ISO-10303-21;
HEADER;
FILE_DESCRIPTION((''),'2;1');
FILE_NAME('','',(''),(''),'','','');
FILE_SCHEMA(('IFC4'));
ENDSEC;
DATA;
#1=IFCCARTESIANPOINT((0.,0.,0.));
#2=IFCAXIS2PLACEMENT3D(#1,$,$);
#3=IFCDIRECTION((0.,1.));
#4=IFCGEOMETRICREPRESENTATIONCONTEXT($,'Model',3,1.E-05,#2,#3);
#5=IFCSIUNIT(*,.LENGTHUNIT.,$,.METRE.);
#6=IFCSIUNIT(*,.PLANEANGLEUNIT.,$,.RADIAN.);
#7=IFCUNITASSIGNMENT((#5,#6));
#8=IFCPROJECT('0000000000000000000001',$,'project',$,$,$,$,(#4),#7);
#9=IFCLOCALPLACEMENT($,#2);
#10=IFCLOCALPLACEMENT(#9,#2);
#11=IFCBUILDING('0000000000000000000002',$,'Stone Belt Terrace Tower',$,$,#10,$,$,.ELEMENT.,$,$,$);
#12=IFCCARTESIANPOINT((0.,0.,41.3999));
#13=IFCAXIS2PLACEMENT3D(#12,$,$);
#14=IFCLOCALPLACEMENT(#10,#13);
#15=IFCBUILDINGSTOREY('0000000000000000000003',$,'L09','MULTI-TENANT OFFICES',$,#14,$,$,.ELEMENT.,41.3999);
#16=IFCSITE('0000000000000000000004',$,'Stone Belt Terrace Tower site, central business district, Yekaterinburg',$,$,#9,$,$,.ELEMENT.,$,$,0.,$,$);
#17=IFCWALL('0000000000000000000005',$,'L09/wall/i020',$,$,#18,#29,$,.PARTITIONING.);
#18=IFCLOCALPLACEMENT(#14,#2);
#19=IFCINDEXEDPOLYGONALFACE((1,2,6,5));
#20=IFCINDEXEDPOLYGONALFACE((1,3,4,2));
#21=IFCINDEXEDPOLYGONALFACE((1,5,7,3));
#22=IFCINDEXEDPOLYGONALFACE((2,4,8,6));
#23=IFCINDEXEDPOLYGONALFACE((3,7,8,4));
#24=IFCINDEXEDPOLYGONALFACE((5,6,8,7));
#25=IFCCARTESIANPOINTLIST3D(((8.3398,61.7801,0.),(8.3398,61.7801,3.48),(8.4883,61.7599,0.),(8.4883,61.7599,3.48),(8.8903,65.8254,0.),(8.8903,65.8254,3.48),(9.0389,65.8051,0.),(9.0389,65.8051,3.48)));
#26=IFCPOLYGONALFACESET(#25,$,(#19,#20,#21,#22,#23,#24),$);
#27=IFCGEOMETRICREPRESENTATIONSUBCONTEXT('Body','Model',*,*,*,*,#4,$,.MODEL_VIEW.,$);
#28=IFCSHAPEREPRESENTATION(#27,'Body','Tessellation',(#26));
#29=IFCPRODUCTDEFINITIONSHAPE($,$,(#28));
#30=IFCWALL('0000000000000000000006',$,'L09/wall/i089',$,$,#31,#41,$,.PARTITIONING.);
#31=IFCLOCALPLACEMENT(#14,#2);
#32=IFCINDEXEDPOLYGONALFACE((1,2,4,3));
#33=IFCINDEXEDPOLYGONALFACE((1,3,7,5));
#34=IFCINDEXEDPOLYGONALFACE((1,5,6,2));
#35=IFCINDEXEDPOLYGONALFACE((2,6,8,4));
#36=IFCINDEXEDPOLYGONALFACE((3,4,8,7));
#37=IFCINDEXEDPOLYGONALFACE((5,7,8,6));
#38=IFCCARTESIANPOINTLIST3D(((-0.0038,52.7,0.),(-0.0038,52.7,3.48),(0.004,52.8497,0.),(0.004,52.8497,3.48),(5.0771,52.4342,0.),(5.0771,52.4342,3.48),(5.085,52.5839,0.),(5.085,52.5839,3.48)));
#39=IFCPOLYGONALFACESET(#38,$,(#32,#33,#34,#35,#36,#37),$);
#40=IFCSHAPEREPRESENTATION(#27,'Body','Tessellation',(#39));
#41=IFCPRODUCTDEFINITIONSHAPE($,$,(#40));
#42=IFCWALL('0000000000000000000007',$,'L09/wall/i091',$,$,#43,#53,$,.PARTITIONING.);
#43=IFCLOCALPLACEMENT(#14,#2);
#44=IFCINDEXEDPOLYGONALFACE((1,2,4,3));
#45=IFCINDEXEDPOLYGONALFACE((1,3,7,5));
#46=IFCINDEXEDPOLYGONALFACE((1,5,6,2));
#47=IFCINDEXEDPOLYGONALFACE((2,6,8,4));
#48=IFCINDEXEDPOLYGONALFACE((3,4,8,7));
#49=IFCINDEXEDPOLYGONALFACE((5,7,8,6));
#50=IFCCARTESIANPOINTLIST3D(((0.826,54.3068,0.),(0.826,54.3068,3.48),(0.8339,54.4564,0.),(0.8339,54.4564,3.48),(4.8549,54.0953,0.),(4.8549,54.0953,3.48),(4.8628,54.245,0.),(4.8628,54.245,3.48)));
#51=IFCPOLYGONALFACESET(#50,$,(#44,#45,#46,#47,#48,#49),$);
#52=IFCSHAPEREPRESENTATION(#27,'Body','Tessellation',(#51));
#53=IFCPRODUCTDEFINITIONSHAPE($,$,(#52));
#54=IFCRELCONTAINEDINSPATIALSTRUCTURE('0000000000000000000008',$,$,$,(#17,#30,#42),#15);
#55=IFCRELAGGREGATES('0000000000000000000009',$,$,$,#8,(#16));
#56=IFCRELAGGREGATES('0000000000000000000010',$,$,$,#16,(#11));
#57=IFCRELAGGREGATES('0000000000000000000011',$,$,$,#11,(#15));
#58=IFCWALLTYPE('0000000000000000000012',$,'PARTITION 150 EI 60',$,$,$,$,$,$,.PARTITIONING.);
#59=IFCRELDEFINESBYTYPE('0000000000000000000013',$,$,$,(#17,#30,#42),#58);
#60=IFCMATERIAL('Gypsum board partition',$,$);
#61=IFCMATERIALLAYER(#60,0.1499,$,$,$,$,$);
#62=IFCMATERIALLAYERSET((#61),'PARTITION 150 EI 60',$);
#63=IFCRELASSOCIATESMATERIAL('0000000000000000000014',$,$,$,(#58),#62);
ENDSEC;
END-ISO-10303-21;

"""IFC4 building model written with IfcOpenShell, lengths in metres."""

from ifc_helpers import new_model, si_unit, direction, frame, frame_2d, origin, place, context, subcontext, project, spatial, rectangle, extrude, material, layer, layer_set, type_object, element, save


model = new_model("IFC4")

# Units and contexts
model_context = context("Model", 3, precision=1e-05, world=origin(), true_north=direction((0.0, 1.0)))
body_context = subcontext(model_context, "Body", "Model", "MODEL_VIEW")
ifc_project = project(units=[si_unit("LENGTHUNIT", "METRE"), si_unit("PLANEANGLEUNIT", "RADIAN")], contexts=[model_context])

# Site, building, storey
site_placement = place(None, origin())
site = spatial("IfcSite", under=ifc_project, at=site_placement, Name="Stone Belt Terrace Tower site, central business district, Yekaterinburg", CompositionType="ELEMENT", RefElevation=0.0)
building_placement = place(site_placement, origin())
building = spatial("IfcBuilding", under=site, at=building_placement, Name="Stone Belt Terrace Tower", CompositionType="ELEMENT")
storey_placement = place(building_placement, frame((0.0, 0.0, 41.3999)))
storey = spatial("IfcBuildingStorey", under=building, at=storey_placement, Name="L09", Description="MULTI-TENANT OFFICES", CompositionType="ELEMENT", Elevation=41.3999)

# Shared definitions
ifc_material_1 = material(Name="Gypsum board partition")
ifc_layer_1 = layer(ifc_material_1, 0.1499)
ifc_layer_set_1 = layer_set([ifc_layer_1], Name="PARTITION 150 EI 60")
wall_type_1 = type_object("IfcWallType", Name="PARTITION 150 EI 60", PredefinedType="PARTITIONING", material=ifc_layer_set_1)

# Walls
wall_1_placement = place(storey_placement, frame((8.4141, 61.77, 0.0), z_axis=(0.0, 0.0, 1.0), x_axis=(0.134854, 0.990865, 0.0)))
element("IfcWall", 1, at=wall_1_placement, inside=storey, type_object=wall_type_1, Name="L09/wall/i020", PredefinedType="PARTITIONING", context=body_context, shape_type="SweptSolid", body=[
    extrude(rectangle(XDim=4.0825, YDim=0.1499, at=frame_2d((2.0413, 0.0))), origin(), (0.0, 0.0, 1.0), 3.48),
])
wall_2_placement = place(storey_placement, frame((5.0811, 52.509, 0.0), z_axis=(0.0, 0.0, 1.0), x_axis=(-0.998634, 0.052254, 0.0)))
element("IfcWall", 2, at=wall_2_placement, inside=storey, type_object=wall_type_1, Name="L09/wall/i089", PredefinedType="PARTITIONING", context=body_context, shape_type="SweptSolid", body=[
    extrude(rectangle(XDim=5.0879, YDim=0.1499, at=frame_2d((2.5439, 0.0))), origin(), (0.0, 0.0, 1.0), 3.48),
])
wall_3_placement = place(storey_placement, frame((0.8301, 54.3816, 0.0), z_axis=(0.0, 0.0, 1.0), x_axis=(0.998626, -0.052406, 0.0)))
element("IfcWall", 3, at=wall_3_placement, inside=storey, type_object=wall_type_1, Name="L09/wall/i091", PredefinedType="PARTITIONING", context=body_context, shape_type="SweptSolid", body=[
    extrude(rectangle(XDim=4.0344, YDim=0.1499, at=frame_2d((2.0171, 0.0))), origin(), (0.0, 0.0, 1.0), 3.48),
])

save(model, "model.ifc")
